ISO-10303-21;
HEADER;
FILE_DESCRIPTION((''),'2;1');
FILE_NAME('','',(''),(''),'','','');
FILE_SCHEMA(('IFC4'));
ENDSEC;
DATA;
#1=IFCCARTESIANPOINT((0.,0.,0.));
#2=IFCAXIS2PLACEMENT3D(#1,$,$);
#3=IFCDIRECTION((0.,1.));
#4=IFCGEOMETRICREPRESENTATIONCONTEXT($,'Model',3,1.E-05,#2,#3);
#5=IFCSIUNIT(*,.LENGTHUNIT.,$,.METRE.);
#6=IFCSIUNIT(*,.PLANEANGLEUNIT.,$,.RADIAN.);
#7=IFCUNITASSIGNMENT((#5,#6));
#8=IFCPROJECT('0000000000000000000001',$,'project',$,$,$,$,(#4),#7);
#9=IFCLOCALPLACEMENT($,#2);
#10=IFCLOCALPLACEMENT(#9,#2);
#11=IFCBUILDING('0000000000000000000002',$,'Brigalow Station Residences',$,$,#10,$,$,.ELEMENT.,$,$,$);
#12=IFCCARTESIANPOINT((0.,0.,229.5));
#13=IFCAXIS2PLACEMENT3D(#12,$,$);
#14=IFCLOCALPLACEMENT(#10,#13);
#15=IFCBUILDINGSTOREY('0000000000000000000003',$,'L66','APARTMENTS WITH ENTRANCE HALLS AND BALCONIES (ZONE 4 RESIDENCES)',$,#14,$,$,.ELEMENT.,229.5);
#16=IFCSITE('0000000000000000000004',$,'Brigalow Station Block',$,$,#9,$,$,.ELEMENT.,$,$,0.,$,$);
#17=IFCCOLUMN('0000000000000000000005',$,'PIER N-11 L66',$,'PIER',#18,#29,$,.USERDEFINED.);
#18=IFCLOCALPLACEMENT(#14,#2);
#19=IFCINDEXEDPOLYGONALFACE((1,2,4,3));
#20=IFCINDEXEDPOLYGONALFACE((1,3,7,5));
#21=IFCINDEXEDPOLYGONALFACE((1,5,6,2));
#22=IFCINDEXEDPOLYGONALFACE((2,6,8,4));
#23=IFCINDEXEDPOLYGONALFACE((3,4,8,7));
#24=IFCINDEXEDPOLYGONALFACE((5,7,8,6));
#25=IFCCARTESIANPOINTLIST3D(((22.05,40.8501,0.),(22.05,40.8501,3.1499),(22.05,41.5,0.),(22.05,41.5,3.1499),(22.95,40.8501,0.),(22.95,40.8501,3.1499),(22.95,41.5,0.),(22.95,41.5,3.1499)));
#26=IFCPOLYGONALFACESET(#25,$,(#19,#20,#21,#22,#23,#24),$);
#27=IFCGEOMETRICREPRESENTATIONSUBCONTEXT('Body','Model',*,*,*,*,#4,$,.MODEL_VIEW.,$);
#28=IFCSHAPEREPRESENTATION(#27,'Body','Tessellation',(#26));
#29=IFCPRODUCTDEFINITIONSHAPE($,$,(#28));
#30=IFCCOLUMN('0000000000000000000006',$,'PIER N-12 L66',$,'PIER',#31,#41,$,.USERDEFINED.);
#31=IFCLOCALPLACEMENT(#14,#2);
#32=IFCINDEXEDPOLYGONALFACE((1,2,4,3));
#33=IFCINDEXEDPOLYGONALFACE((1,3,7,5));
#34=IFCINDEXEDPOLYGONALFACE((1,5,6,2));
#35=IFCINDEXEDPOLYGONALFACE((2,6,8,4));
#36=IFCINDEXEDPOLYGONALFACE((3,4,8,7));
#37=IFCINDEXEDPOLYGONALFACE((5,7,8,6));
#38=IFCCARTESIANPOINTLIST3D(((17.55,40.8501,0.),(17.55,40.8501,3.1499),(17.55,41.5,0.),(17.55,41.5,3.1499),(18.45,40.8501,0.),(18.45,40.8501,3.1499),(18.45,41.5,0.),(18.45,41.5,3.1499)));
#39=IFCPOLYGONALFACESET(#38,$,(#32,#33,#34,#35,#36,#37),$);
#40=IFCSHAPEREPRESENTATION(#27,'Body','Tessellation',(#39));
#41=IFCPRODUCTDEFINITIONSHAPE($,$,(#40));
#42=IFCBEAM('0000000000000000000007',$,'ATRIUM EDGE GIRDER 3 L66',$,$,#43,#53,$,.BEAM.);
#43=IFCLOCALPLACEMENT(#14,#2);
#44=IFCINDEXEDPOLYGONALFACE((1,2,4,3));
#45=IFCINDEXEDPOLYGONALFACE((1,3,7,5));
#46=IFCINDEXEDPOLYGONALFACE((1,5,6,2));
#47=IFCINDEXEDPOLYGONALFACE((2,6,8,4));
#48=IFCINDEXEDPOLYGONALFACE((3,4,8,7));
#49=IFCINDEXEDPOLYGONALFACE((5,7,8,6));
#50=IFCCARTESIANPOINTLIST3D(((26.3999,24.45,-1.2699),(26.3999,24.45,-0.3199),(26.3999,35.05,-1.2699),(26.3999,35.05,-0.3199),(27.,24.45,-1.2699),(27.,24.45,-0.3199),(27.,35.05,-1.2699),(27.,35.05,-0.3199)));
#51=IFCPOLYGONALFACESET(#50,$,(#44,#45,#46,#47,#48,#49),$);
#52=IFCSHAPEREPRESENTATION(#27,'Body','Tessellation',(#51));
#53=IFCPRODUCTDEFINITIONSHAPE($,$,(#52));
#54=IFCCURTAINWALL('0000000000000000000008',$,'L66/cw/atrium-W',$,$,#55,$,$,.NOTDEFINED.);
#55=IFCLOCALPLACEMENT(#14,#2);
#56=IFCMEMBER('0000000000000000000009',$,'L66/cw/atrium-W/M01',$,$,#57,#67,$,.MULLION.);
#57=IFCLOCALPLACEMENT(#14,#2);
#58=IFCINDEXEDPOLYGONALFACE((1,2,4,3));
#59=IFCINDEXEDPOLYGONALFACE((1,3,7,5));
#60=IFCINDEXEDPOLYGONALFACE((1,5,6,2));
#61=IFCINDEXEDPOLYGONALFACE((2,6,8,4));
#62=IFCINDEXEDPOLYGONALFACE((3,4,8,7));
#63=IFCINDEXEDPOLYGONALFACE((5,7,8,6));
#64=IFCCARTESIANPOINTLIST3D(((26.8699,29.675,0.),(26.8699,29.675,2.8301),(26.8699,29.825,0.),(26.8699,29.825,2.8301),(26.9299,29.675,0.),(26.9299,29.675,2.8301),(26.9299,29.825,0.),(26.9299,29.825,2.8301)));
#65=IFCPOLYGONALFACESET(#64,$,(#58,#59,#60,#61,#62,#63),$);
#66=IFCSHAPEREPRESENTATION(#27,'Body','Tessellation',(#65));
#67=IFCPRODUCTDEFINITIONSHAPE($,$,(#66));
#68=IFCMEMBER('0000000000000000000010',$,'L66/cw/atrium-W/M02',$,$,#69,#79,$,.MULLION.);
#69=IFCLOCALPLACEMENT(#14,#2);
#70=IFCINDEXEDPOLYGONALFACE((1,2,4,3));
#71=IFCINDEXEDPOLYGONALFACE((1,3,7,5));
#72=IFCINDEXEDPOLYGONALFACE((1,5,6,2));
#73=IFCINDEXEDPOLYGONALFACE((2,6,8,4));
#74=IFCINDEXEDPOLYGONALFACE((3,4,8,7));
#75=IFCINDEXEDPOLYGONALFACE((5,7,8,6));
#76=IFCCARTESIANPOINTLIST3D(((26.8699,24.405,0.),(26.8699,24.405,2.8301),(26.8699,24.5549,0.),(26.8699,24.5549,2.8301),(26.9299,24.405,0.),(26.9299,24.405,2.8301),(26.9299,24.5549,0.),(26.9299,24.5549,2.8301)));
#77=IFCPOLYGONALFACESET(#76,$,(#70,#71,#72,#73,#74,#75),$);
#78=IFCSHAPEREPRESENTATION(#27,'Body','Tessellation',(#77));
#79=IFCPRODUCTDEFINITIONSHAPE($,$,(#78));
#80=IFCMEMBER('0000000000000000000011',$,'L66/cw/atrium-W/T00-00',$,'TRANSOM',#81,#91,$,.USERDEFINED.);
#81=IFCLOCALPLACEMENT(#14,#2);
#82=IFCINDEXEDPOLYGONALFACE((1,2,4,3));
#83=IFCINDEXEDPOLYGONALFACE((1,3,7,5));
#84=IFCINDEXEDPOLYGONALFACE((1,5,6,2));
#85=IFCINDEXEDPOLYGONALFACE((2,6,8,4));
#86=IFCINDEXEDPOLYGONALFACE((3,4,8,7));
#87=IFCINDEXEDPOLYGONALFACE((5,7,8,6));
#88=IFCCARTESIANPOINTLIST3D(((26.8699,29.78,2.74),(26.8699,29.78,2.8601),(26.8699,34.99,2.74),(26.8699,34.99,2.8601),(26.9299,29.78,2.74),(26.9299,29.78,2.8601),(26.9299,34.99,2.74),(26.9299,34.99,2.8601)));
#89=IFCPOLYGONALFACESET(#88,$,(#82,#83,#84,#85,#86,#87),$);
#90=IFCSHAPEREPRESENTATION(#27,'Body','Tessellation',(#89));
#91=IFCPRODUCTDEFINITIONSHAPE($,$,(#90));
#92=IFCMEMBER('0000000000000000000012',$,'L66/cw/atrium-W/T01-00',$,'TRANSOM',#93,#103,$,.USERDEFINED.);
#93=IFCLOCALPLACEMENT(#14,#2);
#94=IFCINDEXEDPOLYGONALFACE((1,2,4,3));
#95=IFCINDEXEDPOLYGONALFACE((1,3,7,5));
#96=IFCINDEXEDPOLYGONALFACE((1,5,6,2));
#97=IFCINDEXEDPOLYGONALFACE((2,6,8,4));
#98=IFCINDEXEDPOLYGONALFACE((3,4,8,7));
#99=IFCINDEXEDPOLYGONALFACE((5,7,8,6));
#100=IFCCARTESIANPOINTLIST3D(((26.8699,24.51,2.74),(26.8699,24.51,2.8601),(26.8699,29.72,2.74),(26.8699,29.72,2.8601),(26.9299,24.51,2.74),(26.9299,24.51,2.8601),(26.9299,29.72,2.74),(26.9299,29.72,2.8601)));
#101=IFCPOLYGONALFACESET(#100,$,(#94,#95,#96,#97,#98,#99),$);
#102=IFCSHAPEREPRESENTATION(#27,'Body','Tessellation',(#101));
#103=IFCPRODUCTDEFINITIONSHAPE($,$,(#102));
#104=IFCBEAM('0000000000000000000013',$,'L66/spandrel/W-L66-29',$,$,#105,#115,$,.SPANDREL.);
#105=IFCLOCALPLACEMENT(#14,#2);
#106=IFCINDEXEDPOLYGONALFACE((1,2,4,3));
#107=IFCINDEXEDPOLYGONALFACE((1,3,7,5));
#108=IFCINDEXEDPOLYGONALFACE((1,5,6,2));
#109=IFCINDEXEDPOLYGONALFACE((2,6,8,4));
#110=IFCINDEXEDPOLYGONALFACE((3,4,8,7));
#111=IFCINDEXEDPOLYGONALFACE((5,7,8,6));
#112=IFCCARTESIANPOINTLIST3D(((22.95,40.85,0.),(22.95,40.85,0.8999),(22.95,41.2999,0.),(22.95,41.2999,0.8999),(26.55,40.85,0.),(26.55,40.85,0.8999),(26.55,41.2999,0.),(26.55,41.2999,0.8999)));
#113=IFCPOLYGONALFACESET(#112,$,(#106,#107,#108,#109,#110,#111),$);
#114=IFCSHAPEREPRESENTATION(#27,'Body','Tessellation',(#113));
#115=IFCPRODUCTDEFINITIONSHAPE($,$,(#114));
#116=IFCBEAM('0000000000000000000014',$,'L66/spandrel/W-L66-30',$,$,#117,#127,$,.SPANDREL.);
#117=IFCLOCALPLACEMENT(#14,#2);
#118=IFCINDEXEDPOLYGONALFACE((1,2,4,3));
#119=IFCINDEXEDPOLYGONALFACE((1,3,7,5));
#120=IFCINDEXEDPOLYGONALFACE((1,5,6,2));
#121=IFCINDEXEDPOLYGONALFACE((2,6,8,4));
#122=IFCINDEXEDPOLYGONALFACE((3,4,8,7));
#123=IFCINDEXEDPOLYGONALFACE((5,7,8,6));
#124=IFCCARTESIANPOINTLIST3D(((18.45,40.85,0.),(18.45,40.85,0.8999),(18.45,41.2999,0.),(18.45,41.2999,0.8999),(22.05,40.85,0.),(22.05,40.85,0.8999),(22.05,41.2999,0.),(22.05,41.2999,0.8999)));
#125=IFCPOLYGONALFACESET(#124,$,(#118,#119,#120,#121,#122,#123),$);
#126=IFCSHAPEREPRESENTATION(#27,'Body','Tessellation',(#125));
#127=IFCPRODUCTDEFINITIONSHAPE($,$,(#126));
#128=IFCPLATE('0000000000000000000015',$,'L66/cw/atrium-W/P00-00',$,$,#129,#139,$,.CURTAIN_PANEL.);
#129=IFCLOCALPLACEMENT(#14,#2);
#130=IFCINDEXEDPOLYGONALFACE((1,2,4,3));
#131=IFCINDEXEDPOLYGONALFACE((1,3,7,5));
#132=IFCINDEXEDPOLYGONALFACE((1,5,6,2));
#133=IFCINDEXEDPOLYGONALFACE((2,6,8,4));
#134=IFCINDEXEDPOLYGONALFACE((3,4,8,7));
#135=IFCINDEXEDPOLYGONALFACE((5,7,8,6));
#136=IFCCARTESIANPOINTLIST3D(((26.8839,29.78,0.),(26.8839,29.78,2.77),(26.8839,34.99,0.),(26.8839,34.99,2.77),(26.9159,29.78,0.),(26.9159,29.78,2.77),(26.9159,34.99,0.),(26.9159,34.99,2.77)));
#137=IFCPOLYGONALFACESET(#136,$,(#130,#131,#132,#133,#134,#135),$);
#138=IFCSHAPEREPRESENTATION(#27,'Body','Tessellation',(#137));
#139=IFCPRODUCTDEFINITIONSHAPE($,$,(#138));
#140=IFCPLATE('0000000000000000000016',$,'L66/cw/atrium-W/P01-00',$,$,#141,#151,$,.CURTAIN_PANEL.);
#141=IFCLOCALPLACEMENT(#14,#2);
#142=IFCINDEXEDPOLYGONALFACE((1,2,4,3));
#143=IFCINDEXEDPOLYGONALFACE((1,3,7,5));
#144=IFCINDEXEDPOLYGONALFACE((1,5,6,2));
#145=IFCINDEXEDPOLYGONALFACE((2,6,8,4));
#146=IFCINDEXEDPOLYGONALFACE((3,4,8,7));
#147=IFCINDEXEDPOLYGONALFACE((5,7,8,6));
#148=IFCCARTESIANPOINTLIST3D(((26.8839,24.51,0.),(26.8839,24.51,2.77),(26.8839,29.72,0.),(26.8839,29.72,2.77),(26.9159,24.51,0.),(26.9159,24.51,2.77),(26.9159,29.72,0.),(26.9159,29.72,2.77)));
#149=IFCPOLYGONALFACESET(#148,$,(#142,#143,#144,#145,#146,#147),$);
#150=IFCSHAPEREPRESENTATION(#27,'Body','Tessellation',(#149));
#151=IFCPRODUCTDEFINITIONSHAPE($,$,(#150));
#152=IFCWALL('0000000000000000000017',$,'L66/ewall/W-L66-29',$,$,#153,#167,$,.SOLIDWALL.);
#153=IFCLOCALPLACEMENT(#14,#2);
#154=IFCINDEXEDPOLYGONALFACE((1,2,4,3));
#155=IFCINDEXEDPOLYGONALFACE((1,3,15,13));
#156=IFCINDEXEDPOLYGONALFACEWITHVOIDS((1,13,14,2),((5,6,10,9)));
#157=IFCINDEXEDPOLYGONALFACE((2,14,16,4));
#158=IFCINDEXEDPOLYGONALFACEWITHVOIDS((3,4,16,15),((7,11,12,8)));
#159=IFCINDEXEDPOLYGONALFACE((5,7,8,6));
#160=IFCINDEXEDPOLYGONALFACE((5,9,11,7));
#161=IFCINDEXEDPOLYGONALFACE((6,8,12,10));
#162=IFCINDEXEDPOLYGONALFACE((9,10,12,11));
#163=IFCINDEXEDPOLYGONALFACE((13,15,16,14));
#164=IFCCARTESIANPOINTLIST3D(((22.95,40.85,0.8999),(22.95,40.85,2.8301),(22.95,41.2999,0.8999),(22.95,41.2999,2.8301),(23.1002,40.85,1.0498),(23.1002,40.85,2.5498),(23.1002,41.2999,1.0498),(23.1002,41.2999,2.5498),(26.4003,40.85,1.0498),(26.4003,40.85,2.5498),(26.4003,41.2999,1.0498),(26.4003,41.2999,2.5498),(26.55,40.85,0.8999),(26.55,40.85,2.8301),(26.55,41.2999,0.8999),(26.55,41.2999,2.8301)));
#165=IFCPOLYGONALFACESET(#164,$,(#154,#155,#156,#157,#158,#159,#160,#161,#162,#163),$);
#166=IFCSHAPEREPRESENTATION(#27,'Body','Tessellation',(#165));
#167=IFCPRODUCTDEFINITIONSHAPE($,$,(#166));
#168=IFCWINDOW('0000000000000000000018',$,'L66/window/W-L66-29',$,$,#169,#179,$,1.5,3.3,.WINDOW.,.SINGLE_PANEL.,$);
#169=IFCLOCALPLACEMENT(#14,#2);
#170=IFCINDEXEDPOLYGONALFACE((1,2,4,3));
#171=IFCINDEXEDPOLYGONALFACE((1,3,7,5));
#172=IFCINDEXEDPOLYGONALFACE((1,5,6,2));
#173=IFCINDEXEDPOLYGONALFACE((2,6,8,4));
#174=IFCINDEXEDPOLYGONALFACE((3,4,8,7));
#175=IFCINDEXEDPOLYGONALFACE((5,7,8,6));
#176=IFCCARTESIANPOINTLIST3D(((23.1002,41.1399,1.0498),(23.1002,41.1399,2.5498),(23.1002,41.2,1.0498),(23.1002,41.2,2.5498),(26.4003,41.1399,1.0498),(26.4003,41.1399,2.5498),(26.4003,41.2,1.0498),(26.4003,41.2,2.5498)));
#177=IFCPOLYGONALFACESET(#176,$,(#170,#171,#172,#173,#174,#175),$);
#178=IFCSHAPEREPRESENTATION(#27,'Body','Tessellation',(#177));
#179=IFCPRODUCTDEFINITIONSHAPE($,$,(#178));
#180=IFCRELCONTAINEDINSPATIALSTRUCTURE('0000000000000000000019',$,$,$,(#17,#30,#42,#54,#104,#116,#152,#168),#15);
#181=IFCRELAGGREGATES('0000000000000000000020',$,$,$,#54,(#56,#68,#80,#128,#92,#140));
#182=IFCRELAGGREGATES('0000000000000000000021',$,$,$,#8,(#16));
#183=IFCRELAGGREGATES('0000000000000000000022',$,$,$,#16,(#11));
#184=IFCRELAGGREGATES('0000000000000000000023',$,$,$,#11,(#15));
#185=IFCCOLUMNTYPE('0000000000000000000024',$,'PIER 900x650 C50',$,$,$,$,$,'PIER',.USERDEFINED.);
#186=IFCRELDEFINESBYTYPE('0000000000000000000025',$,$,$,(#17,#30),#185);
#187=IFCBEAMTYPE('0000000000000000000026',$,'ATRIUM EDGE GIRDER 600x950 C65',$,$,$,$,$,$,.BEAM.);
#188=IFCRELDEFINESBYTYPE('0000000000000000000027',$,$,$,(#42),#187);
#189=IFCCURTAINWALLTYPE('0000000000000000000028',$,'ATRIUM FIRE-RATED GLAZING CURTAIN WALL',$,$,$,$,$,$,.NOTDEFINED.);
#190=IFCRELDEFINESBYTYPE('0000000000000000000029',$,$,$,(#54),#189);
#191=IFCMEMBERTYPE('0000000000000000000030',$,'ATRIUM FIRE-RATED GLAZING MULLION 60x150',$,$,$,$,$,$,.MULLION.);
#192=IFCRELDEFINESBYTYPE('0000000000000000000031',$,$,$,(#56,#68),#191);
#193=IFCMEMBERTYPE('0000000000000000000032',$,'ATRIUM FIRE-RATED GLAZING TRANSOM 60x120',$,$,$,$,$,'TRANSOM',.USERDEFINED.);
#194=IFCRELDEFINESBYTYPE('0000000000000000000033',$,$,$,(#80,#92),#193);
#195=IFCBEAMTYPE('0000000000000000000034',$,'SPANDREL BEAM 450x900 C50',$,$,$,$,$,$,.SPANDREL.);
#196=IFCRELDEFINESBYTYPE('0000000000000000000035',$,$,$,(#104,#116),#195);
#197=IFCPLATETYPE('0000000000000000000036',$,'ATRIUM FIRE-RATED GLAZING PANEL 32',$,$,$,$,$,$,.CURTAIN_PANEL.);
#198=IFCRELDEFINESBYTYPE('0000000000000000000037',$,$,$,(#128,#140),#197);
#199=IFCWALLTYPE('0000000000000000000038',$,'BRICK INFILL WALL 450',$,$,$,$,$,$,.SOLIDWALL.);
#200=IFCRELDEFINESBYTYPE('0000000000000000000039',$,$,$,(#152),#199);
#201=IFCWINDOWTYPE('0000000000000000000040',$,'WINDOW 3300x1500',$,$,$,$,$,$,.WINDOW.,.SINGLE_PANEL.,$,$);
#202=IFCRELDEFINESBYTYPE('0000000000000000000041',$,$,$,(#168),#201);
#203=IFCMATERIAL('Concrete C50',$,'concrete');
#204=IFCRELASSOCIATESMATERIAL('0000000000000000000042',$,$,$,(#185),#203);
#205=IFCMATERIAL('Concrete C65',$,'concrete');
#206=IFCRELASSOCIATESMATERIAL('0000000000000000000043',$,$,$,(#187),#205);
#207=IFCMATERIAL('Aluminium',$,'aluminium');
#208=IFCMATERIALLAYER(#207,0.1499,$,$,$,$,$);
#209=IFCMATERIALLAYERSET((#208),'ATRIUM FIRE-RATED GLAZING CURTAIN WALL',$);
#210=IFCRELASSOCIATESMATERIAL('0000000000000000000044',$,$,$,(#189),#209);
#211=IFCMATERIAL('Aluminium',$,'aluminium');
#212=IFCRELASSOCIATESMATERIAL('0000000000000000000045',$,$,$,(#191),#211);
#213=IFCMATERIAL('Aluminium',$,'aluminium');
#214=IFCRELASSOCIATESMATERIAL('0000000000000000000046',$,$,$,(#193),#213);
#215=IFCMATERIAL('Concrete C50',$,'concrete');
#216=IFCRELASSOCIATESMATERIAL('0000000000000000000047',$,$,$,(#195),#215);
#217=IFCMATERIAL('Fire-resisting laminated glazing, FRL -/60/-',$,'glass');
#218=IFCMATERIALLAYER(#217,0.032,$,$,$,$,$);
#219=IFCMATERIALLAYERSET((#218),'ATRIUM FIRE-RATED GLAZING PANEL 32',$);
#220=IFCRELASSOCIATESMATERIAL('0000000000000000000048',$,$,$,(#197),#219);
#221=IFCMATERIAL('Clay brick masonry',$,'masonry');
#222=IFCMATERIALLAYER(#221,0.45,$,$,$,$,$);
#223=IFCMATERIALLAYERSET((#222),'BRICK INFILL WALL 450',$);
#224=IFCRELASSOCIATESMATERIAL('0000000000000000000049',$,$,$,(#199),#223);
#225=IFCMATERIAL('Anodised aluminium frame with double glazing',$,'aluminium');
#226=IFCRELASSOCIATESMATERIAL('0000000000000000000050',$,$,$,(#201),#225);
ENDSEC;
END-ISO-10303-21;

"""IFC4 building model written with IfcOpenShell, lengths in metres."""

from ifc_helpers import new_model, si_unit, direction, frame, frame_2d, origin, origin_2d, place, context, subcontext, project, spatial, rectangle, extrude, material, layer, layer_set, material_profile, profile_set, type_object, element, fill, aggregate, save


model = new_model("IFC4")

# Units and contexts
model_context = context("Model", 3, precision=1e-05, world=origin(), true_north=direction((0.0, 1.0)))
body_context = subcontext(model_context, "Body", "Model", "MODEL_VIEW")
ifc_project = project(units=[si_unit("LENGTHUNIT", "METRE"), si_unit("PLANEANGLEUNIT", "RADIAN")], contexts=[model_context])

# Site, building, storey
site_placement = place(None, origin())
site = spatial("IfcSite", under=ifc_project, at=site_placement, Name="Brigalow Station Block", CompositionType="ELEMENT", RefElevation=0.0)
building_placement = place(site_placement, origin())
building = spatial("IfcBuilding", under=site, at=building_placement, Name="Brigalow Station Residences", CompositionType="ELEMENT")
storey_placement = place(building_placement, frame((0.0, 0.0, 229.5)))
storey = spatial("IfcBuildingStorey", under=building, at=storey_placement, Name="L66", Description="APARTMENTS WITH ENTRANCE HALLS AND BALCONIES (ZONE 4 RESIDENCES)", CompositionType="ELEMENT", Elevation=229.5)

# Columns
ifc_material_1 = material(Name="Concrete C50", Category="concrete")
ifc_material_profile_1 = material_profile(ifc_material_1, rectangle(XDim=0.8999, YDim=0.6499, at=origin_2d()), Name="RC900x650")
ifc_profile_set_1 = profile_set([ifc_material_profile_1], Name="Concrete C50")
column_type = type_object("IfcColumnType", Name="PIER 900x650 C50", ElementType="PIER", PredefinedType="USERDEFINED", material=ifc_profile_set_1)
for number, where, z_axis, x_axis, name in (
    (1, (22.5, 41.175, 0.0), (0.0, 0.0, 1.0), (-1.0, 0.0, 0.0), "PIER N-11 L66"),
    (2, (18.0, 41.175, 0.0), (0.0, 0.0, 1.0), (-1.0, 0.0, 0.0), "PIER N-12 L66"),
):
    element("IfcColumn", number, at=place(storey_placement, frame(where, z_axis=z_axis, x_axis=x_axis)), inside=storey, type_object=column_type, Name=name, ObjectType="PIER", PredefinedType="USERDEFINED", context=body_context, shape_type="SweptSolid", body=[
        extrude(rectangle(XDim=0.8999, YDim=0.6499, at=origin_2d()), origin(), (0.0, 0.0, 1.0), 3.1499),
    ])

# Beam
ifc_material_2 = material(Name="Concrete C65", Category="concrete")
ifc_material_profile_2 = material_profile(ifc_material_2, rectangle(XDim=0.6001, YDim=0.95, at=origin_2d()), Name="RC600x950")
ifc_profile_set_2 = profile_set([ifc_material_profile_2], Name="Concrete C65")
beam_type_1 = type_object("IfcBeamType", Name="ATRIUM EDGE GIRDER 600x950 C65", PredefinedType="BEAM", material=ifc_profile_set_2)
beam_placement = place(storey_placement, frame((26.7, 24.45, -0.7949), z_axis=(0.0, 1.0, 0.0), x_axis=(-1.0, 0.0, 0.0)))
element("IfcBeam", 3, at=beam_placement, inside=storey, type_object=beam_type_1, Name="ATRIUM EDGE GIRDER 3 L66", PredefinedType="BEAM", context=body_context, shape_type="SweptSolid", body=[
    extrude(rectangle(XDim=0.6001, YDim=0.95, at=origin_2d()), origin(), (0.0, 0.0, 1.0), 10.6001),
])

# Curtain wall, members
ifc_material_3 = material(Name="Aluminium", Category="aluminium")
ifc_layer_1 = layer(ifc_material_3, 0.1499)
ifc_layer_set_1 = layer_set([ifc_layer_1], Name="ATRIUM FIRE-RATED GLAZING CURTAIN WALL")
curtain_wall_type = type_object("IfcCurtainWallType", Name="ATRIUM FIRE-RATED GLAZING CURTAIN WALL", PredefinedType="NOTDEFINED", material=ifc_layer_set_1)
curtain_wall_placement = place(storey_placement, origin())
curtain_wall = element("IfcCurtainWall", 4, at=curtain_wall_placement, inside=storey, type_object=curtain_wall_type, Name="L66/cw/atrium-W", PredefinedType="NOTDEFINED")
ifc_material_4 = material(Name="Aluminium", Category="aluminium")
ifc_material_profile_3 = material_profile(ifc_material_4, rectangle(XDim=0.0601, YDim=0.1499, at=origin_2d()), Name="ATRIUM FIRE-RATED GLAZING MULLION 60x150")
ifc_profile_set_3 = profile_set([ifc_material_profile_3], Name="Aluminium")
member_type_1 = type_object("IfcMemberType", Name="ATRIUM FIRE-RATED GLAZING MULLION 60x150", PredefinedType="MULLION", material=ifc_profile_set_3)
member_1_placement = place(storey_placement, frame((26.8999, 29.75, 0.0), z_axis=(0.0, 0.0, 1.0), x_axis=(1.0, 0.0, 0.0)))
member_1 = element("IfcMember", 5, at=member_1_placement, type_object=member_type_1, Name="L66/cw/atrium-W/M01", PredefinedType="MULLION", context=body_context, shape_type="SweptSolid", body=[
    extrude(rectangle(XDim=0.0601, YDim=0.1499, at=origin_2d()), origin(), (0.0, 0.0, 1.0), 2.8301),
])
member_2_placement = place(storey_placement, frame((26.8999, 24.48, 0.0), z_axis=(0.0, 0.0, 1.0), x_axis=(1.0, 0.0, 0.0)))
member_2 = element("IfcMember", 6, at=member_2_placement, type_object=member_type_1, Name="L66/cw/atrium-W/M02", PredefinedType="MULLION", context=body_context, shape_type="SweptSolid", body=[
    extrude(rectangle(XDim=0.0601, YDim=0.1499, at=origin_2d()), origin(), (0.0, 0.0, 1.0), 2.8301),
])
ifc_material_5 = material(Name="Aluminium", Category="aluminium")
ifc_material_profile_4 = material_profile(ifc_material_5, rectangle(XDim=0.0601, YDim=0.1201, at=origin_2d()), Name="ATRIUM FIRE-RATED GLAZING TRANSOM 60x120")
ifc_profile_set_4 = profile_set([ifc_material_profile_4], Name="Aluminium")
member_type_2 = type_object("IfcMemberType", Name="ATRIUM FIRE-RATED GLAZING TRANSOM 60x120", ElementType="TRANSOM", PredefinedType="USERDEFINED", material=ifc_profile_set_4)
member_3_placement = place(storey_placement, frame((26.8999, 34.99, 2.8), z_axis=(0.0, -1.0, 0.0), x_axis=(1.0, 0.0, 0.0)))
member_3 = element("IfcMember", 7, at=member_3_placement, type_object=member_type_2, Name="L66/cw/atrium-W/T00-00", ObjectType="TRANSOM", PredefinedType="USERDEFINED", context=body_context, shape_type="SweptSolid", body=[
    extrude(rectangle(XDim=0.0601, YDim=0.1201, at=origin_2d()), origin(), (0.0, 0.0, 1.0), 5.21),
])
member_4_placement = place(storey_placement, frame((26.8999, 29.72, 2.8), z_axis=(0.0, -1.0, 0.0), x_axis=(1.0, 0.0, 0.0)))
member_4 = element("IfcMember", 8, at=member_4_placement, type_object=member_type_2, Name="L66/cw/atrium-W/T01-00", ObjectType="TRANSOM", PredefinedType="USERDEFINED", context=body_context, shape_type="SweptSolid", body=[
    extrude(rectangle(XDim=0.0601, YDim=0.1201, at=origin_2d()), origin(), (0.0, 0.0, 1.0), 5.21),
])

# Beams
ifc_material_6 = material(Name="Concrete C50", Category="concrete")
ifc_material_profile_5 = material_profile(ifc_material_6, rectangle(XDim=0.45, YDim=0.8999, at=origin_2d()), Name="RC450x900")
ifc_profile_set_5 = profile_set([ifc_material_profile_5], Name="Concrete C50")
beam_type_2 = type_object("IfcBeamType", Name="SPANDREL BEAM 450x900 C50", PredefinedType="SPANDREL", material=ifc_profile_set_5)
for number, where, z_axis, x_axis, name in (
    (9, (26.55, 41.075, 0.45), (-1.0, 0.0, 0.0), (0.0, -1.0, 0.0), "L66/spandrel/W-L66-29"),
    (10, (22.05, 41.075, 0.45), (-1.0, 0.0, 0.0), (0.0, -1.0, 0.0), "L66/spandrel/W-L66-30"),
):
    element("IfcBeam", number, at=place(storey_placement, frame(where, z_axis=z_axis, x_axis=x_axis)), inside=storey, type_object=beam_type_2, Name=name, PredefinedType="SPANDREL", context=body_context, shape_type="SweptSolid", body=[
        extrude(rectangle(XDim=0.45, YDim=0.8999, at=origin_2d()), origin(), (0.0, 0.0, 1.0), 3.6001),
    ])

# Plates
ifc_material_7 = material(Name="Fire-resisting laminated glazing, FRL -/60/-", Category="glass")
ifc_layer_2 = layer(ifc_material_7, 0.032)
ifc_layer_set_2 = layer_set([ifc_layer_2], Name="ATRIUM FIRE-RATED GLAZING PANEL 32")
plate_type = type_object("IfcPlateType", Name="ATRIUM FIRE-RATED GLAZING PANEL 32", PredefinedType="CURTAIN_PANEL", material=ifc_layer_set_2)
plate_1_placement = place(storey_placement, frame((26.8999, 32.385, 0.0), z_axis=(0.0, 0.0, 1.0), x_axis=(0.0, -1.0, 0.0)))
plate_1 = element("IfcPlate", 11, at=plate_1_placement, type_object=plate_type, Name="L66/cw/atrium-W/P00-00", PredefinedType="CURTAIN_PANEL", context=body_context, shape_type="SweptSolid", body=[
    extrude(rectangle(XDim=5.21, YDim=0.032, at=origin_2d()), origin(), (0.0, 0.0, 1.0), 2.77),
])
plate_2_placement = place(storey_placement, frame((26.8999, 27.115, 0.0), z_axis=(0.0, 0.0, 1.0), x_axis=(0.0, -1.0, 0.0)))
plate_2 = element("IfcPlate", 12, at=plate_2_placement, type_object=plate_type, Name="L66/cw/atrium-W/P01-00", PredefinedType="CURTAIN_PANEL", context=body_context, shape_type="SweptSolid", body=[
    extrude(rectangle(XDim=5.21, YDim=0.032, at=origin_2d()), origin(), (0.0, 0.0, 1.0), 2.77),
])
aggregate(curtain_wall, [member_1, member_2, member_3, plate_1, member_4, plate_2])

# Wall, opening, window
ifc_material_8 = material(Name="Clay brick masonry", Category="masonry")
ifc_layer_3 = layer(ifc_material_8, 0.45)
ifc_layer_set_3 = layer_set([ifc_layer_3], Name="BRICK INFILL WALL 450")
wall_type_1 = type_object("IfcWallType", Name="BRICK INFILL WALL 450", PredefinedType="SOLIDWALL", material=ifc_layer_set_3)
wall_1_placement = place(storey_placement, frame((26.55, 41.075, 0.8999), z_axis=(0.0, 0.0, 1.0), x_axis=(-1.0, 0.0, 0.0)))
wall_1 = element("IfcWall", 13, at=wall_1_placement, inside=storey, type_object=wall_type_1, Name="L66/ewall/W-L66-29", PredefinedType="SOLIDWALL", context=body_context, shape_type="SweptSolid", body=[
    extrude(rectangle(XDim=3.6001, YDim=0.45, at=frame_2d((1.8, 0.0))), origin(), (0.0, 0.0, 1.0), 1.9302),
])
opening_1_placement = place(wall_1_placement, frame((0.1499, 0.0, 0.1499)))
opening_1 = element("IfcOpeningElement", 14, at=opening_1_placement, cuts=wall_1, PredefinedType="OPENING", context=body_context, shape_type="SweptSolid", body=[
    extrude(rectangle(XDim=3.3, YDim=1.5, at=frame_2d((1.6499, 0.75))), frame((0.0, 0.2349, 0.0), z_axis=(0.0, -1.0, 0.0), x_axis=(1.0, 0.0, 0.0)), (0.0, 0.0, 1.0), 0.47),
])
ifc_material_9 = material(Name="Anodised aluminium frame with double glazing", Category="aluminium")
window_type = type_object("IfcWindowType", Name="WINDOW 3300x1500", PartitioningType="SINGLE_PANEL", PredefinedType="WINDOW", material=ifc_material_9)
window_1_placement = place(opening_1_placement, origin())
window_1 = element("IfcWindow", 15, at=window_1_placement, inside=storey, type_object=window_type, Name="L66/window/W-L66-29", OverallHeight=1.5, OverallWidth=3.3, PartitioningType="SINGLE_PANEL", PredefinedType="WINDOW", context=body_context, shape_type="SweptSolid", body=[
    extrude(rectangle(XDim=3.3, YDim=1.5, at=frame_2d((1.6499, 0.75))), frame((0.0, -0.0649, 0.0), z_axis=(0.0, -1.0, 0.0), x_axis=(1.0, 0.0, 0.0)), (0.0, 0.0, 1.0), 0.0601),
])
fill(opening_1, window_1)

save(model, "model.ifc")
